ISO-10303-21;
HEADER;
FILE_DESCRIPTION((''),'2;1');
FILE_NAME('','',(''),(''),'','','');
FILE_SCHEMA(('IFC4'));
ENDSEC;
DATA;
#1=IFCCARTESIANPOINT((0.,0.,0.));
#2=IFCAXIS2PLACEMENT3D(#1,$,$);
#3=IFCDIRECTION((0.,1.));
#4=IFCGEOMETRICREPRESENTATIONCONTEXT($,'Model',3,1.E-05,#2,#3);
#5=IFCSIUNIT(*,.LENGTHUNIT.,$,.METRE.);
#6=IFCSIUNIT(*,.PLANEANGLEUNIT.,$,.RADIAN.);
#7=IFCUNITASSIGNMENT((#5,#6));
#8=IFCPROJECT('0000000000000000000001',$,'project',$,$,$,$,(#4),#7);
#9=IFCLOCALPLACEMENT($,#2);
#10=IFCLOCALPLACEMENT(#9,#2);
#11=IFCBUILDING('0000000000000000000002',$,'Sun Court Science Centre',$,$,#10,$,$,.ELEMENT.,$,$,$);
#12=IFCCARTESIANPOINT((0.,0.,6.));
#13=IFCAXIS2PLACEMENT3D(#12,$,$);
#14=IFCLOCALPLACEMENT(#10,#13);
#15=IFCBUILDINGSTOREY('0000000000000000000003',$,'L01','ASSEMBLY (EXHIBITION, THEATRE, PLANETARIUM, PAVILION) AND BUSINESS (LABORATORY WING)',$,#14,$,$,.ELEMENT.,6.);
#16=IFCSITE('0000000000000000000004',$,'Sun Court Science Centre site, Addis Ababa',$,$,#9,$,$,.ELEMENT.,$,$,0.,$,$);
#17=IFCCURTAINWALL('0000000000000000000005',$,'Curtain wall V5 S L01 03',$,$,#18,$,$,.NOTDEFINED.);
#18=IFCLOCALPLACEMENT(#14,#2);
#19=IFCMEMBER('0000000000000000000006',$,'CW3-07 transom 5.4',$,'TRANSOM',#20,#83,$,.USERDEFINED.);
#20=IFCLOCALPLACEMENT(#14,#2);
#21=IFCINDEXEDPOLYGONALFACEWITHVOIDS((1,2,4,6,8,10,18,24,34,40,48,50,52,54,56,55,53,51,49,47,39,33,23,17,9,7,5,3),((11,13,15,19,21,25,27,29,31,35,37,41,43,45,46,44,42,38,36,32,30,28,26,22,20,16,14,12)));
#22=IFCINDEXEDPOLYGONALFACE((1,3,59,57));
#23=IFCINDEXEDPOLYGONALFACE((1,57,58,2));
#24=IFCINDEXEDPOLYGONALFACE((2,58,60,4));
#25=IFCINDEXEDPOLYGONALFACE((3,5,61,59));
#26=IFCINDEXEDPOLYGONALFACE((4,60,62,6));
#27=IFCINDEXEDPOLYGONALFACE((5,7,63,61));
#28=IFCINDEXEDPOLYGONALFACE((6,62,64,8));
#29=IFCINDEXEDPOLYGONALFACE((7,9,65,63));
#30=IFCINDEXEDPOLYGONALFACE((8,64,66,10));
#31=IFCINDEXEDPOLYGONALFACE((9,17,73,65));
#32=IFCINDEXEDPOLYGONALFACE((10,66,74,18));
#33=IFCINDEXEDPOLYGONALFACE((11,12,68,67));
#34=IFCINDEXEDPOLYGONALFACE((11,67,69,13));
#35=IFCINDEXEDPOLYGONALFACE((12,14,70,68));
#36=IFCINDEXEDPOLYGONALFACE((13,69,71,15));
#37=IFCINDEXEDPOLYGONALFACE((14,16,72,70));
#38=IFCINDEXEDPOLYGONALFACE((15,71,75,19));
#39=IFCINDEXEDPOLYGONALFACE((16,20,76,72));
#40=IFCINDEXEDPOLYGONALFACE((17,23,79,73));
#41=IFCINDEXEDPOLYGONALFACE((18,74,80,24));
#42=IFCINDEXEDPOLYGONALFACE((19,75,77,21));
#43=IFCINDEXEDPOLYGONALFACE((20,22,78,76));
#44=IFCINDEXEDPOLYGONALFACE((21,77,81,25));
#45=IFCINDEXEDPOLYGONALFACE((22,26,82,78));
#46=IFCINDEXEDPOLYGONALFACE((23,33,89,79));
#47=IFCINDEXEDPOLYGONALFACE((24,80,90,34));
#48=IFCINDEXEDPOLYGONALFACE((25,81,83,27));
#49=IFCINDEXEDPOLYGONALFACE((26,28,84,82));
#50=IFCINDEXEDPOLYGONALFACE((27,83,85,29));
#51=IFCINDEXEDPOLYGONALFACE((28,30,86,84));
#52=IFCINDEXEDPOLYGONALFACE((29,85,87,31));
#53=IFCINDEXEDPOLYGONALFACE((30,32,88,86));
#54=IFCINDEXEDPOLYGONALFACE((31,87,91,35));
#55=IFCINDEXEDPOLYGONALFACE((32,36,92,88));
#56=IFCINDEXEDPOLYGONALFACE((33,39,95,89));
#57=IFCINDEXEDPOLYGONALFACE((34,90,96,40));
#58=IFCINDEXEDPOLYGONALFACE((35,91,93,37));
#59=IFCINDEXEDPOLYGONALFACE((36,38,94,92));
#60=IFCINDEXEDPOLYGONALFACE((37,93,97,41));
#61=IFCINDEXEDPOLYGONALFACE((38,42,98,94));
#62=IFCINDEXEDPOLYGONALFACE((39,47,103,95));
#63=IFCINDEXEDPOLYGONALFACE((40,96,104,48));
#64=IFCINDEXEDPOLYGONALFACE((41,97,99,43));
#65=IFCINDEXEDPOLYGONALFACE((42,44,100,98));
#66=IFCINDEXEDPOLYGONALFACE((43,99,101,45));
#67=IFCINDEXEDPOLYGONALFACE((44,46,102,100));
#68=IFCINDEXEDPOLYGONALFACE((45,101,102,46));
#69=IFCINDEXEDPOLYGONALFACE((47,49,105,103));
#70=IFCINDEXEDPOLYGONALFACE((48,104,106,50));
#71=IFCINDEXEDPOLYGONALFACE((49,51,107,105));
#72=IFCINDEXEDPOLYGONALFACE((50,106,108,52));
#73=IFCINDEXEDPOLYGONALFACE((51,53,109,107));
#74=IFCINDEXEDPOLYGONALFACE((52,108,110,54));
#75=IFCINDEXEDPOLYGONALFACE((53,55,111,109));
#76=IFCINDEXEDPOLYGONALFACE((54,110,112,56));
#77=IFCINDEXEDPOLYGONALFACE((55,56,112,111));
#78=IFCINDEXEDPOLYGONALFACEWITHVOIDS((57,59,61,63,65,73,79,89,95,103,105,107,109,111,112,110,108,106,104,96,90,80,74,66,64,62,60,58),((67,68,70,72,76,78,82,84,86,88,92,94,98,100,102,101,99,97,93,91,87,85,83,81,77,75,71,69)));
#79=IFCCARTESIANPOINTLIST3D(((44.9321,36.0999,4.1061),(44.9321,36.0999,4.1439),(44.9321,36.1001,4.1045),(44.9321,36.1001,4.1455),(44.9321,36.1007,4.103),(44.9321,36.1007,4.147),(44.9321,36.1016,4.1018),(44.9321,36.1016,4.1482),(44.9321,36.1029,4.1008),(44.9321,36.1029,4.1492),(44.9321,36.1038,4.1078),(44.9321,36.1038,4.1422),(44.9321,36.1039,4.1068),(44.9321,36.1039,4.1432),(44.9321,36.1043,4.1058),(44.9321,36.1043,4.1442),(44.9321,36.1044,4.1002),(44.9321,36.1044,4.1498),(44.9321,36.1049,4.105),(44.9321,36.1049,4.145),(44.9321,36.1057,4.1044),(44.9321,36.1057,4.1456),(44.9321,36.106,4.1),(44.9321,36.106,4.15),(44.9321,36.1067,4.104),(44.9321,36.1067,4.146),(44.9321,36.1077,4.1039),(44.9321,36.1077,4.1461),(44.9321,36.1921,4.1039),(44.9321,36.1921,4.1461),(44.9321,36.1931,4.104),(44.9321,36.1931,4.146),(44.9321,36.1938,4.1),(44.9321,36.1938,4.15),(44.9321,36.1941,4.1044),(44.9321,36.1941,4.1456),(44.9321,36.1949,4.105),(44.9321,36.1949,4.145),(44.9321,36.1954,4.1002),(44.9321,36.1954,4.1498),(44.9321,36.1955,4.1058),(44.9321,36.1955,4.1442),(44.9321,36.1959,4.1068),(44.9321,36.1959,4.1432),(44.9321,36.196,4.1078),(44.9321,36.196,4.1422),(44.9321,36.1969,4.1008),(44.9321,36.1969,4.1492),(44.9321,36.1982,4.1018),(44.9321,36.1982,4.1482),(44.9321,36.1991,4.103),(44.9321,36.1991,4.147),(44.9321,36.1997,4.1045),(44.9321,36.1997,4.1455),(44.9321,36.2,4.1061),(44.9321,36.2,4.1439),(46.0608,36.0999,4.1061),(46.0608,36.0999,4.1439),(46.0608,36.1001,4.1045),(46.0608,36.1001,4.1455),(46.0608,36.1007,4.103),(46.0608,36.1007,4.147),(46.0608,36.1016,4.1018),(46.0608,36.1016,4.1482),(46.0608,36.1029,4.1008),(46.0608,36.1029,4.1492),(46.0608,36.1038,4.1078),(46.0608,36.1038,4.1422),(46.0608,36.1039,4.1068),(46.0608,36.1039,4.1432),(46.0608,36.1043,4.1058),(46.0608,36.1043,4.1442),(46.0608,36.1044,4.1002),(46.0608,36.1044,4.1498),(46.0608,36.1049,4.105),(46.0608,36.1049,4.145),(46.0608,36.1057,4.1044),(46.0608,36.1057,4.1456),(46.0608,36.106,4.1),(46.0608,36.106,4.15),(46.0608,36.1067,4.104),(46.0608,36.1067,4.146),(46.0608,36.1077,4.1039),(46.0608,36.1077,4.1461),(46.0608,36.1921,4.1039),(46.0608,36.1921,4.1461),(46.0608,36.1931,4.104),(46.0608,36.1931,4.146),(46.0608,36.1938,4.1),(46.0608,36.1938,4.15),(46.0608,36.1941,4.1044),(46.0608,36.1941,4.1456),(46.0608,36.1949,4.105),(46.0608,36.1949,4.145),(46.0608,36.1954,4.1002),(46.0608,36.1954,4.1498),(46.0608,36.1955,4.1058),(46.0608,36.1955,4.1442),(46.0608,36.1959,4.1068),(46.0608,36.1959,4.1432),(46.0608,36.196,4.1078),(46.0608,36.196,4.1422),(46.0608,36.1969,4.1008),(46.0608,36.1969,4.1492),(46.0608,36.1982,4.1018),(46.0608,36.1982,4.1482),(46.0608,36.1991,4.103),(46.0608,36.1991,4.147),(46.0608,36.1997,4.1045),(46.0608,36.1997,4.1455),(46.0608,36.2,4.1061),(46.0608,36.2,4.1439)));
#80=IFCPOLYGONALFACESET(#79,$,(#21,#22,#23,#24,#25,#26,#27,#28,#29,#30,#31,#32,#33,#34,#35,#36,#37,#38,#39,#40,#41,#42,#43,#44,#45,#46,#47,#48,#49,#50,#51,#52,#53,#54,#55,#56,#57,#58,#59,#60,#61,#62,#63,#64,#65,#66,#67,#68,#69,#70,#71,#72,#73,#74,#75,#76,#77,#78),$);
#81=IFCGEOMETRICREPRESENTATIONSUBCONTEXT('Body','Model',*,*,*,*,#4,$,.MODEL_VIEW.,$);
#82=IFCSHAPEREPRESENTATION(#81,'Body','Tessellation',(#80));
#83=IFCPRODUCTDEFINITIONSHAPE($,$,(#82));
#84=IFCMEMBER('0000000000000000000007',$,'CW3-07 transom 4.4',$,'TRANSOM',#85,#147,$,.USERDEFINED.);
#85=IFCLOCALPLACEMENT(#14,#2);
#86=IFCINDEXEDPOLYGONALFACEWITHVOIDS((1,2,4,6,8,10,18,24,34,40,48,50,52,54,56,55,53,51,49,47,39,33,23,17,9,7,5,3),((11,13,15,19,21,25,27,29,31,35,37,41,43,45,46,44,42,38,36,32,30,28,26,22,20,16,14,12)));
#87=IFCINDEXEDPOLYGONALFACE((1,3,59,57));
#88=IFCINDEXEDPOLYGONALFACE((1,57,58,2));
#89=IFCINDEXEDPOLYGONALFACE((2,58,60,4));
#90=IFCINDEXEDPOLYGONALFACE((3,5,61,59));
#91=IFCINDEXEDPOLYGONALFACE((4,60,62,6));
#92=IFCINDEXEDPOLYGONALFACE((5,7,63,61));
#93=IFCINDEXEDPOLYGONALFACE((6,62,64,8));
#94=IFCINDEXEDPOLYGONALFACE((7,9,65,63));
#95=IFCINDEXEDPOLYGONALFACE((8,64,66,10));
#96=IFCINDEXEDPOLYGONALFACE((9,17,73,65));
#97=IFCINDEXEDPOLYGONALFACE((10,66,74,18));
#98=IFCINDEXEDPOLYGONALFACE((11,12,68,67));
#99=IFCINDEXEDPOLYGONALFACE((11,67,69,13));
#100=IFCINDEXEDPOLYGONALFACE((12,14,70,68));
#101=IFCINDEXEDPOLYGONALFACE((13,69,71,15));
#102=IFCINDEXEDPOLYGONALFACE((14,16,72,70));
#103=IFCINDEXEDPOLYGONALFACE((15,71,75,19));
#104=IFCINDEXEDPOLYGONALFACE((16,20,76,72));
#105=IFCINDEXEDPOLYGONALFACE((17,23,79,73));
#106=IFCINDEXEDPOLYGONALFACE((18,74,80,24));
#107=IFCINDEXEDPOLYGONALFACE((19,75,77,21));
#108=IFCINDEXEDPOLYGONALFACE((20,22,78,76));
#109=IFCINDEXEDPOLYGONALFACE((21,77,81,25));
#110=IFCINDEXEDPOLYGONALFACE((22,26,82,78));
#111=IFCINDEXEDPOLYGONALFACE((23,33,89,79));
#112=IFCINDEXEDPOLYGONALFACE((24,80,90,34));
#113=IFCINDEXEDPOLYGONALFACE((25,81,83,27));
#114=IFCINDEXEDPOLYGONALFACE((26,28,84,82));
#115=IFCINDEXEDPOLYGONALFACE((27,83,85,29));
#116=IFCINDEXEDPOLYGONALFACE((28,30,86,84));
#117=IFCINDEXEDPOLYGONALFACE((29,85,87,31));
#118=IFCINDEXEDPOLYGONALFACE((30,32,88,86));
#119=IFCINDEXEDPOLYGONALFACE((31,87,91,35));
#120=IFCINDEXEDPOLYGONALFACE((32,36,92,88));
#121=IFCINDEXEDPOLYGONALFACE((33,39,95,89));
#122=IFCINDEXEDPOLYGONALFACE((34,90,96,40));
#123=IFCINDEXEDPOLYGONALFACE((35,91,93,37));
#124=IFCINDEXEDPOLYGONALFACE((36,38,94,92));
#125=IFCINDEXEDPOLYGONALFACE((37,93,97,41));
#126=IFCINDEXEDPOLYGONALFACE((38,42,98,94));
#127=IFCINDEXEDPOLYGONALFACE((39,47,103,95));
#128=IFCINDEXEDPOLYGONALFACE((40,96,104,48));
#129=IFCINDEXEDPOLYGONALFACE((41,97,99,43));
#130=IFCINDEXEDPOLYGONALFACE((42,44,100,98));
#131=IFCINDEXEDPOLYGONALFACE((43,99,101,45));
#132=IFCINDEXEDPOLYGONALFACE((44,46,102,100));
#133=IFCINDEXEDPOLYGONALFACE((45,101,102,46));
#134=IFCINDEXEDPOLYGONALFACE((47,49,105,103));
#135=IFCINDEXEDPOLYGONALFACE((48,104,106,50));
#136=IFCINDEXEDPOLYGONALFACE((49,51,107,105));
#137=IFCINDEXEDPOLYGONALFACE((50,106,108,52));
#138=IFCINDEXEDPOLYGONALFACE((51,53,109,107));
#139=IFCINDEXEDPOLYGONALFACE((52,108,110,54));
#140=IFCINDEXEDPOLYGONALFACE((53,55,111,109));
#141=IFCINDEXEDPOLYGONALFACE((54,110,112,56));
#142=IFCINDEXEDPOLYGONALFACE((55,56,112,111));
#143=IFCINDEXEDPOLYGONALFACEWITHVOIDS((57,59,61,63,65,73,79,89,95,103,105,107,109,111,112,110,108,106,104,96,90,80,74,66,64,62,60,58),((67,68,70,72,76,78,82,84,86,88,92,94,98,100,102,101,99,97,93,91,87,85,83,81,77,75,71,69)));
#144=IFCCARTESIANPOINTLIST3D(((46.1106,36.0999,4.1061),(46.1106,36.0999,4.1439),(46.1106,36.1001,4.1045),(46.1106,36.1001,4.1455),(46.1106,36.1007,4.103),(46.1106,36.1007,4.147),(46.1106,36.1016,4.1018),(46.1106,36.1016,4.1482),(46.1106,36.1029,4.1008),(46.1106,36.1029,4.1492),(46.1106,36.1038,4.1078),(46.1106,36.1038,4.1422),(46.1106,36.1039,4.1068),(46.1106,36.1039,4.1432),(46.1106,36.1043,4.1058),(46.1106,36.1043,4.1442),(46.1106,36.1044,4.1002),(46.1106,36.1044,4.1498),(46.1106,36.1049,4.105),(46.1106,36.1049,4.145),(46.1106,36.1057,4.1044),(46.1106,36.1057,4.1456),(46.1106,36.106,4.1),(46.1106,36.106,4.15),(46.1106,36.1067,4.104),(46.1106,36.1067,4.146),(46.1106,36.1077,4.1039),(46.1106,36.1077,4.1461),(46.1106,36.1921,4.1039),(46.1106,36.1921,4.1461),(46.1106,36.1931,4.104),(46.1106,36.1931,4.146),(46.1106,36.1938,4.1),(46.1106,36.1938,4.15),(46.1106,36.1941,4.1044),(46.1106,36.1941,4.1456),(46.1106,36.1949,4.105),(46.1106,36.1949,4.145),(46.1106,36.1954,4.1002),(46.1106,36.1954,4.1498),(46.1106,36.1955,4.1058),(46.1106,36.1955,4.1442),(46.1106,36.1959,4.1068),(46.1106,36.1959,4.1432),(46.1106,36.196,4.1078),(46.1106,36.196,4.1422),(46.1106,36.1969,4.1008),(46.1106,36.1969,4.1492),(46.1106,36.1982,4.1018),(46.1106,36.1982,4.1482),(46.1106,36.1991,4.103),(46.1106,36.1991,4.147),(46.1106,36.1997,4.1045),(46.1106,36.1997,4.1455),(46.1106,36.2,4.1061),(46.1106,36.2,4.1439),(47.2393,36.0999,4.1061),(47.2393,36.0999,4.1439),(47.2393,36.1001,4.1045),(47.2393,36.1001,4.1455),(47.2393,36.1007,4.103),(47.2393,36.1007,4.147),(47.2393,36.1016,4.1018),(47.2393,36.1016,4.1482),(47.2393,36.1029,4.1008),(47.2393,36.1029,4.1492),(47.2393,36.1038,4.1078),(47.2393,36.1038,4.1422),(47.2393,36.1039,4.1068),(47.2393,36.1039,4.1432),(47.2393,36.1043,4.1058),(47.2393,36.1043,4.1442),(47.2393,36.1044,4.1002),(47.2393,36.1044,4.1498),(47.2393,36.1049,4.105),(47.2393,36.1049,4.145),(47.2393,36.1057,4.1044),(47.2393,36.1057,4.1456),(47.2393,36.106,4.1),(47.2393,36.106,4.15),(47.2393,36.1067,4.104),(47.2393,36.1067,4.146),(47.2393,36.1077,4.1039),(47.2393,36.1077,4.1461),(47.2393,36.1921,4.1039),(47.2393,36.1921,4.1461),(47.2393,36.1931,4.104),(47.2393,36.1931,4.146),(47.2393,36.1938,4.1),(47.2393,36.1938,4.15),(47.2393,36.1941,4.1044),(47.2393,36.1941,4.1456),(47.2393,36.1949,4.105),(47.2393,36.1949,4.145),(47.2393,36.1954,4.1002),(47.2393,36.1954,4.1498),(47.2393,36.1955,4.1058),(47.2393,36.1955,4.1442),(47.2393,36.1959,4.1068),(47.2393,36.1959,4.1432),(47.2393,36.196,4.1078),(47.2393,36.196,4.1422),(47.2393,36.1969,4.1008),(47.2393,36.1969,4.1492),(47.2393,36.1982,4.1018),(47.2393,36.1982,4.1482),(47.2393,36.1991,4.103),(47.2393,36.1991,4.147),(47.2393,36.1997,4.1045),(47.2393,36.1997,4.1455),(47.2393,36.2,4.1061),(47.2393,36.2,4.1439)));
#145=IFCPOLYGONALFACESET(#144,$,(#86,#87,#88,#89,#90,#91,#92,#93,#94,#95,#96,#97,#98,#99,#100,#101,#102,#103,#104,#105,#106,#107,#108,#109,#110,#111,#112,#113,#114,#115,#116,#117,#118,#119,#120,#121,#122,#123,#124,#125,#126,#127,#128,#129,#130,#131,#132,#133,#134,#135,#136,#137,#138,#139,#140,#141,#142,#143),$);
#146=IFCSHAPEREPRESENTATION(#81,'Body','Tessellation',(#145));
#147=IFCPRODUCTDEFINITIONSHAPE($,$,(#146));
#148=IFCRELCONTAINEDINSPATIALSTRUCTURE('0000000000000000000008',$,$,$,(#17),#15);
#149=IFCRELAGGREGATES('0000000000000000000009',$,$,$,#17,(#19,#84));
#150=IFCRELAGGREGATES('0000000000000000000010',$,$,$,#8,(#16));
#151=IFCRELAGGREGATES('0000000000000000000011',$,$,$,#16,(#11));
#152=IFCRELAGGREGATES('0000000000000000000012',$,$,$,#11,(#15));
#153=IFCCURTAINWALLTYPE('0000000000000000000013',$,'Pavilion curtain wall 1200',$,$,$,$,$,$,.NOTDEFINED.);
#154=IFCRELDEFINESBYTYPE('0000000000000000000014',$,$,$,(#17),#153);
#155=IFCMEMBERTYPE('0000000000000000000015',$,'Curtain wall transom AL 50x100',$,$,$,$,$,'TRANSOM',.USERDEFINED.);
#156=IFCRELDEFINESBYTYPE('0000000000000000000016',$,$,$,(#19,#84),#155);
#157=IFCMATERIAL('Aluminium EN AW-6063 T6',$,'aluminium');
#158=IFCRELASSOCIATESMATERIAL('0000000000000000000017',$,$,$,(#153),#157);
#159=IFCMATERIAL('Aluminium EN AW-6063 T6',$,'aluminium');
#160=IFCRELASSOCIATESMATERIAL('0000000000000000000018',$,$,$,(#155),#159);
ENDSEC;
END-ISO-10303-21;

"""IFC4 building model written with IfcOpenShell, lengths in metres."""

from ifc_helpers import new_model, si_unit, direction, frame, origin, origin_2d, place, context, subcontext, project, spatial, hollow_rectangle, extrude, material, material_profile, profile_set, type_object, element, aggregate, save


model = new_model("IFC4")

# Units and contexts
model_context = context("Model", 3, precision=1e-05, world=origin(), true_north=direction((0.0, 1.0)))
body_context = subcontext(model_context, "Body", "Model", "MODEL_VIEW")
ifc_project = project(units=[si_unit("LENGTHUNIT", "METRE"), si_unit("PLANEANGLEUNIT", "RADIAN")], contexts=[model_context])

# Site, building, storey
site_placement = place(None, origin())
site = spatial("IfcSite", under=ifc_project, at=site_placement, Name="Sun Court Science Centre site, Addis Ababa", CompositionType="ELEMENT", RefElevation=0.0)
building_placement = place(site_placement, origin())
building = spatial("IfcBuilding", under=site, at=building_placement, Name="Sun Court Science Centre", CompositionType="ELEMENT")
storey_placement = place(building_placement, frame((0.0, 0.0, 6.0)))
storey = spatial("IfcBuildingStorey", under=building, at=storey_placement, Name="L01", Description="ASSEMBLY (EXHIBITION, THEATRE, PLANETARIUM, PAVILION) AND BUSINESS (LABORATORY WING)", CompositionType="ELEMENT", Elevation=6.0)

# Curtain wall
ifc_material_1 = material(Name="Aluminium EN AW-6063 T6", Category="aluminium")
curtain_wall_type_1 = type_object("IfcCurtainWallType", Name="Pavilion curtain wall 1200", PredefinedType="NOTDEFINED", material=ifc_material_1)
curtain_wall_1_placement = place(storey_placement, origin())
curtain_wall_1 = element("IfcCurtainWall", 1, at=curtain_wall_1_placement, inside=storey, type_object=curtain_wall_type_1, Name="Curtain wall V5 S L01 03", PredefinedType="NOTDEFINED")

# Members
ifc_material_2 = material(Name="Aluminium EN AW-6063 T6", Category="aluminium")
ifc_material_profile_1 = material_profile(ifc_material_2, hollow_rectangle(XDim=0.05, YDim=0.1001, WallThickness=0.0039, InnerFilletRadius=0.0039, OuterFilletRadius=0.0061, at=origin_2d()), Name="AL 50x100x4")
ifc_profile_set_1 = profile_set([ifc_material_profile_1], Name="Aluminium EN AW-6063 T6")
member_type_1 = type_object("IfcMemberType", Name="Curtain wall transom AL 50x100", ElementType="TRANSOM", PredefinedType="USERDEFINED", material=ifc_profile_set_1)
member_1_placement = place(storey_placement, frame((46.0608, 36.1499, 4.125), z_axis=(-1.0, 0.0, 0.0), x_axis=(0.0, 0.0, 1.0)))
member_1 = element("IfcMember", 2, at=member_1_placement, type_object=member_type_1, Name="CW3-07 transom 5.4", ObjectType="TRANSOM", PredefinedType="USERDEFINED", context=body_context, shape_type="SweptSolid", body=[
    extrude(hollow_rectangle(XDim=0.05, YDim=0.1001, WallThickness=0.0039, InnerFilletRadius=0.0039, OuterFilletRadius=0.0061, at=origin_2d()), origin(), (0.0, 0.0, 1.0), 1.1287),
])
member_2_placement = place(storey_placement, frame((47.2393, 36.1499, 4.125), z_axis=(-1.0, 0.0, 0.0), x_axis=(0.0, 0.0, 1.0)))
member_2 = element("IfcMember", 3, at=member_2_placement, type_object=member_type_1, Name="CW3-07 transom 4.4", ObjectType="TRANSOM", PredefinedType="USERDEFINED", context=body_context, shape_type="SweptSolid", body=[
    extrude(hollow_rectangle(XDim=0.05, YDim=0.1001, WallThickness=0.0039, InnerFilletRadius=0.0039, OuterFilletRadius=0.0061, at=origin_2d()), origin(), (0.0, 0.0, 1.0), 1.1287),
])

aggregate(curtain_wall_1, [member_1, member_2])

save(model, "model.ifc")
